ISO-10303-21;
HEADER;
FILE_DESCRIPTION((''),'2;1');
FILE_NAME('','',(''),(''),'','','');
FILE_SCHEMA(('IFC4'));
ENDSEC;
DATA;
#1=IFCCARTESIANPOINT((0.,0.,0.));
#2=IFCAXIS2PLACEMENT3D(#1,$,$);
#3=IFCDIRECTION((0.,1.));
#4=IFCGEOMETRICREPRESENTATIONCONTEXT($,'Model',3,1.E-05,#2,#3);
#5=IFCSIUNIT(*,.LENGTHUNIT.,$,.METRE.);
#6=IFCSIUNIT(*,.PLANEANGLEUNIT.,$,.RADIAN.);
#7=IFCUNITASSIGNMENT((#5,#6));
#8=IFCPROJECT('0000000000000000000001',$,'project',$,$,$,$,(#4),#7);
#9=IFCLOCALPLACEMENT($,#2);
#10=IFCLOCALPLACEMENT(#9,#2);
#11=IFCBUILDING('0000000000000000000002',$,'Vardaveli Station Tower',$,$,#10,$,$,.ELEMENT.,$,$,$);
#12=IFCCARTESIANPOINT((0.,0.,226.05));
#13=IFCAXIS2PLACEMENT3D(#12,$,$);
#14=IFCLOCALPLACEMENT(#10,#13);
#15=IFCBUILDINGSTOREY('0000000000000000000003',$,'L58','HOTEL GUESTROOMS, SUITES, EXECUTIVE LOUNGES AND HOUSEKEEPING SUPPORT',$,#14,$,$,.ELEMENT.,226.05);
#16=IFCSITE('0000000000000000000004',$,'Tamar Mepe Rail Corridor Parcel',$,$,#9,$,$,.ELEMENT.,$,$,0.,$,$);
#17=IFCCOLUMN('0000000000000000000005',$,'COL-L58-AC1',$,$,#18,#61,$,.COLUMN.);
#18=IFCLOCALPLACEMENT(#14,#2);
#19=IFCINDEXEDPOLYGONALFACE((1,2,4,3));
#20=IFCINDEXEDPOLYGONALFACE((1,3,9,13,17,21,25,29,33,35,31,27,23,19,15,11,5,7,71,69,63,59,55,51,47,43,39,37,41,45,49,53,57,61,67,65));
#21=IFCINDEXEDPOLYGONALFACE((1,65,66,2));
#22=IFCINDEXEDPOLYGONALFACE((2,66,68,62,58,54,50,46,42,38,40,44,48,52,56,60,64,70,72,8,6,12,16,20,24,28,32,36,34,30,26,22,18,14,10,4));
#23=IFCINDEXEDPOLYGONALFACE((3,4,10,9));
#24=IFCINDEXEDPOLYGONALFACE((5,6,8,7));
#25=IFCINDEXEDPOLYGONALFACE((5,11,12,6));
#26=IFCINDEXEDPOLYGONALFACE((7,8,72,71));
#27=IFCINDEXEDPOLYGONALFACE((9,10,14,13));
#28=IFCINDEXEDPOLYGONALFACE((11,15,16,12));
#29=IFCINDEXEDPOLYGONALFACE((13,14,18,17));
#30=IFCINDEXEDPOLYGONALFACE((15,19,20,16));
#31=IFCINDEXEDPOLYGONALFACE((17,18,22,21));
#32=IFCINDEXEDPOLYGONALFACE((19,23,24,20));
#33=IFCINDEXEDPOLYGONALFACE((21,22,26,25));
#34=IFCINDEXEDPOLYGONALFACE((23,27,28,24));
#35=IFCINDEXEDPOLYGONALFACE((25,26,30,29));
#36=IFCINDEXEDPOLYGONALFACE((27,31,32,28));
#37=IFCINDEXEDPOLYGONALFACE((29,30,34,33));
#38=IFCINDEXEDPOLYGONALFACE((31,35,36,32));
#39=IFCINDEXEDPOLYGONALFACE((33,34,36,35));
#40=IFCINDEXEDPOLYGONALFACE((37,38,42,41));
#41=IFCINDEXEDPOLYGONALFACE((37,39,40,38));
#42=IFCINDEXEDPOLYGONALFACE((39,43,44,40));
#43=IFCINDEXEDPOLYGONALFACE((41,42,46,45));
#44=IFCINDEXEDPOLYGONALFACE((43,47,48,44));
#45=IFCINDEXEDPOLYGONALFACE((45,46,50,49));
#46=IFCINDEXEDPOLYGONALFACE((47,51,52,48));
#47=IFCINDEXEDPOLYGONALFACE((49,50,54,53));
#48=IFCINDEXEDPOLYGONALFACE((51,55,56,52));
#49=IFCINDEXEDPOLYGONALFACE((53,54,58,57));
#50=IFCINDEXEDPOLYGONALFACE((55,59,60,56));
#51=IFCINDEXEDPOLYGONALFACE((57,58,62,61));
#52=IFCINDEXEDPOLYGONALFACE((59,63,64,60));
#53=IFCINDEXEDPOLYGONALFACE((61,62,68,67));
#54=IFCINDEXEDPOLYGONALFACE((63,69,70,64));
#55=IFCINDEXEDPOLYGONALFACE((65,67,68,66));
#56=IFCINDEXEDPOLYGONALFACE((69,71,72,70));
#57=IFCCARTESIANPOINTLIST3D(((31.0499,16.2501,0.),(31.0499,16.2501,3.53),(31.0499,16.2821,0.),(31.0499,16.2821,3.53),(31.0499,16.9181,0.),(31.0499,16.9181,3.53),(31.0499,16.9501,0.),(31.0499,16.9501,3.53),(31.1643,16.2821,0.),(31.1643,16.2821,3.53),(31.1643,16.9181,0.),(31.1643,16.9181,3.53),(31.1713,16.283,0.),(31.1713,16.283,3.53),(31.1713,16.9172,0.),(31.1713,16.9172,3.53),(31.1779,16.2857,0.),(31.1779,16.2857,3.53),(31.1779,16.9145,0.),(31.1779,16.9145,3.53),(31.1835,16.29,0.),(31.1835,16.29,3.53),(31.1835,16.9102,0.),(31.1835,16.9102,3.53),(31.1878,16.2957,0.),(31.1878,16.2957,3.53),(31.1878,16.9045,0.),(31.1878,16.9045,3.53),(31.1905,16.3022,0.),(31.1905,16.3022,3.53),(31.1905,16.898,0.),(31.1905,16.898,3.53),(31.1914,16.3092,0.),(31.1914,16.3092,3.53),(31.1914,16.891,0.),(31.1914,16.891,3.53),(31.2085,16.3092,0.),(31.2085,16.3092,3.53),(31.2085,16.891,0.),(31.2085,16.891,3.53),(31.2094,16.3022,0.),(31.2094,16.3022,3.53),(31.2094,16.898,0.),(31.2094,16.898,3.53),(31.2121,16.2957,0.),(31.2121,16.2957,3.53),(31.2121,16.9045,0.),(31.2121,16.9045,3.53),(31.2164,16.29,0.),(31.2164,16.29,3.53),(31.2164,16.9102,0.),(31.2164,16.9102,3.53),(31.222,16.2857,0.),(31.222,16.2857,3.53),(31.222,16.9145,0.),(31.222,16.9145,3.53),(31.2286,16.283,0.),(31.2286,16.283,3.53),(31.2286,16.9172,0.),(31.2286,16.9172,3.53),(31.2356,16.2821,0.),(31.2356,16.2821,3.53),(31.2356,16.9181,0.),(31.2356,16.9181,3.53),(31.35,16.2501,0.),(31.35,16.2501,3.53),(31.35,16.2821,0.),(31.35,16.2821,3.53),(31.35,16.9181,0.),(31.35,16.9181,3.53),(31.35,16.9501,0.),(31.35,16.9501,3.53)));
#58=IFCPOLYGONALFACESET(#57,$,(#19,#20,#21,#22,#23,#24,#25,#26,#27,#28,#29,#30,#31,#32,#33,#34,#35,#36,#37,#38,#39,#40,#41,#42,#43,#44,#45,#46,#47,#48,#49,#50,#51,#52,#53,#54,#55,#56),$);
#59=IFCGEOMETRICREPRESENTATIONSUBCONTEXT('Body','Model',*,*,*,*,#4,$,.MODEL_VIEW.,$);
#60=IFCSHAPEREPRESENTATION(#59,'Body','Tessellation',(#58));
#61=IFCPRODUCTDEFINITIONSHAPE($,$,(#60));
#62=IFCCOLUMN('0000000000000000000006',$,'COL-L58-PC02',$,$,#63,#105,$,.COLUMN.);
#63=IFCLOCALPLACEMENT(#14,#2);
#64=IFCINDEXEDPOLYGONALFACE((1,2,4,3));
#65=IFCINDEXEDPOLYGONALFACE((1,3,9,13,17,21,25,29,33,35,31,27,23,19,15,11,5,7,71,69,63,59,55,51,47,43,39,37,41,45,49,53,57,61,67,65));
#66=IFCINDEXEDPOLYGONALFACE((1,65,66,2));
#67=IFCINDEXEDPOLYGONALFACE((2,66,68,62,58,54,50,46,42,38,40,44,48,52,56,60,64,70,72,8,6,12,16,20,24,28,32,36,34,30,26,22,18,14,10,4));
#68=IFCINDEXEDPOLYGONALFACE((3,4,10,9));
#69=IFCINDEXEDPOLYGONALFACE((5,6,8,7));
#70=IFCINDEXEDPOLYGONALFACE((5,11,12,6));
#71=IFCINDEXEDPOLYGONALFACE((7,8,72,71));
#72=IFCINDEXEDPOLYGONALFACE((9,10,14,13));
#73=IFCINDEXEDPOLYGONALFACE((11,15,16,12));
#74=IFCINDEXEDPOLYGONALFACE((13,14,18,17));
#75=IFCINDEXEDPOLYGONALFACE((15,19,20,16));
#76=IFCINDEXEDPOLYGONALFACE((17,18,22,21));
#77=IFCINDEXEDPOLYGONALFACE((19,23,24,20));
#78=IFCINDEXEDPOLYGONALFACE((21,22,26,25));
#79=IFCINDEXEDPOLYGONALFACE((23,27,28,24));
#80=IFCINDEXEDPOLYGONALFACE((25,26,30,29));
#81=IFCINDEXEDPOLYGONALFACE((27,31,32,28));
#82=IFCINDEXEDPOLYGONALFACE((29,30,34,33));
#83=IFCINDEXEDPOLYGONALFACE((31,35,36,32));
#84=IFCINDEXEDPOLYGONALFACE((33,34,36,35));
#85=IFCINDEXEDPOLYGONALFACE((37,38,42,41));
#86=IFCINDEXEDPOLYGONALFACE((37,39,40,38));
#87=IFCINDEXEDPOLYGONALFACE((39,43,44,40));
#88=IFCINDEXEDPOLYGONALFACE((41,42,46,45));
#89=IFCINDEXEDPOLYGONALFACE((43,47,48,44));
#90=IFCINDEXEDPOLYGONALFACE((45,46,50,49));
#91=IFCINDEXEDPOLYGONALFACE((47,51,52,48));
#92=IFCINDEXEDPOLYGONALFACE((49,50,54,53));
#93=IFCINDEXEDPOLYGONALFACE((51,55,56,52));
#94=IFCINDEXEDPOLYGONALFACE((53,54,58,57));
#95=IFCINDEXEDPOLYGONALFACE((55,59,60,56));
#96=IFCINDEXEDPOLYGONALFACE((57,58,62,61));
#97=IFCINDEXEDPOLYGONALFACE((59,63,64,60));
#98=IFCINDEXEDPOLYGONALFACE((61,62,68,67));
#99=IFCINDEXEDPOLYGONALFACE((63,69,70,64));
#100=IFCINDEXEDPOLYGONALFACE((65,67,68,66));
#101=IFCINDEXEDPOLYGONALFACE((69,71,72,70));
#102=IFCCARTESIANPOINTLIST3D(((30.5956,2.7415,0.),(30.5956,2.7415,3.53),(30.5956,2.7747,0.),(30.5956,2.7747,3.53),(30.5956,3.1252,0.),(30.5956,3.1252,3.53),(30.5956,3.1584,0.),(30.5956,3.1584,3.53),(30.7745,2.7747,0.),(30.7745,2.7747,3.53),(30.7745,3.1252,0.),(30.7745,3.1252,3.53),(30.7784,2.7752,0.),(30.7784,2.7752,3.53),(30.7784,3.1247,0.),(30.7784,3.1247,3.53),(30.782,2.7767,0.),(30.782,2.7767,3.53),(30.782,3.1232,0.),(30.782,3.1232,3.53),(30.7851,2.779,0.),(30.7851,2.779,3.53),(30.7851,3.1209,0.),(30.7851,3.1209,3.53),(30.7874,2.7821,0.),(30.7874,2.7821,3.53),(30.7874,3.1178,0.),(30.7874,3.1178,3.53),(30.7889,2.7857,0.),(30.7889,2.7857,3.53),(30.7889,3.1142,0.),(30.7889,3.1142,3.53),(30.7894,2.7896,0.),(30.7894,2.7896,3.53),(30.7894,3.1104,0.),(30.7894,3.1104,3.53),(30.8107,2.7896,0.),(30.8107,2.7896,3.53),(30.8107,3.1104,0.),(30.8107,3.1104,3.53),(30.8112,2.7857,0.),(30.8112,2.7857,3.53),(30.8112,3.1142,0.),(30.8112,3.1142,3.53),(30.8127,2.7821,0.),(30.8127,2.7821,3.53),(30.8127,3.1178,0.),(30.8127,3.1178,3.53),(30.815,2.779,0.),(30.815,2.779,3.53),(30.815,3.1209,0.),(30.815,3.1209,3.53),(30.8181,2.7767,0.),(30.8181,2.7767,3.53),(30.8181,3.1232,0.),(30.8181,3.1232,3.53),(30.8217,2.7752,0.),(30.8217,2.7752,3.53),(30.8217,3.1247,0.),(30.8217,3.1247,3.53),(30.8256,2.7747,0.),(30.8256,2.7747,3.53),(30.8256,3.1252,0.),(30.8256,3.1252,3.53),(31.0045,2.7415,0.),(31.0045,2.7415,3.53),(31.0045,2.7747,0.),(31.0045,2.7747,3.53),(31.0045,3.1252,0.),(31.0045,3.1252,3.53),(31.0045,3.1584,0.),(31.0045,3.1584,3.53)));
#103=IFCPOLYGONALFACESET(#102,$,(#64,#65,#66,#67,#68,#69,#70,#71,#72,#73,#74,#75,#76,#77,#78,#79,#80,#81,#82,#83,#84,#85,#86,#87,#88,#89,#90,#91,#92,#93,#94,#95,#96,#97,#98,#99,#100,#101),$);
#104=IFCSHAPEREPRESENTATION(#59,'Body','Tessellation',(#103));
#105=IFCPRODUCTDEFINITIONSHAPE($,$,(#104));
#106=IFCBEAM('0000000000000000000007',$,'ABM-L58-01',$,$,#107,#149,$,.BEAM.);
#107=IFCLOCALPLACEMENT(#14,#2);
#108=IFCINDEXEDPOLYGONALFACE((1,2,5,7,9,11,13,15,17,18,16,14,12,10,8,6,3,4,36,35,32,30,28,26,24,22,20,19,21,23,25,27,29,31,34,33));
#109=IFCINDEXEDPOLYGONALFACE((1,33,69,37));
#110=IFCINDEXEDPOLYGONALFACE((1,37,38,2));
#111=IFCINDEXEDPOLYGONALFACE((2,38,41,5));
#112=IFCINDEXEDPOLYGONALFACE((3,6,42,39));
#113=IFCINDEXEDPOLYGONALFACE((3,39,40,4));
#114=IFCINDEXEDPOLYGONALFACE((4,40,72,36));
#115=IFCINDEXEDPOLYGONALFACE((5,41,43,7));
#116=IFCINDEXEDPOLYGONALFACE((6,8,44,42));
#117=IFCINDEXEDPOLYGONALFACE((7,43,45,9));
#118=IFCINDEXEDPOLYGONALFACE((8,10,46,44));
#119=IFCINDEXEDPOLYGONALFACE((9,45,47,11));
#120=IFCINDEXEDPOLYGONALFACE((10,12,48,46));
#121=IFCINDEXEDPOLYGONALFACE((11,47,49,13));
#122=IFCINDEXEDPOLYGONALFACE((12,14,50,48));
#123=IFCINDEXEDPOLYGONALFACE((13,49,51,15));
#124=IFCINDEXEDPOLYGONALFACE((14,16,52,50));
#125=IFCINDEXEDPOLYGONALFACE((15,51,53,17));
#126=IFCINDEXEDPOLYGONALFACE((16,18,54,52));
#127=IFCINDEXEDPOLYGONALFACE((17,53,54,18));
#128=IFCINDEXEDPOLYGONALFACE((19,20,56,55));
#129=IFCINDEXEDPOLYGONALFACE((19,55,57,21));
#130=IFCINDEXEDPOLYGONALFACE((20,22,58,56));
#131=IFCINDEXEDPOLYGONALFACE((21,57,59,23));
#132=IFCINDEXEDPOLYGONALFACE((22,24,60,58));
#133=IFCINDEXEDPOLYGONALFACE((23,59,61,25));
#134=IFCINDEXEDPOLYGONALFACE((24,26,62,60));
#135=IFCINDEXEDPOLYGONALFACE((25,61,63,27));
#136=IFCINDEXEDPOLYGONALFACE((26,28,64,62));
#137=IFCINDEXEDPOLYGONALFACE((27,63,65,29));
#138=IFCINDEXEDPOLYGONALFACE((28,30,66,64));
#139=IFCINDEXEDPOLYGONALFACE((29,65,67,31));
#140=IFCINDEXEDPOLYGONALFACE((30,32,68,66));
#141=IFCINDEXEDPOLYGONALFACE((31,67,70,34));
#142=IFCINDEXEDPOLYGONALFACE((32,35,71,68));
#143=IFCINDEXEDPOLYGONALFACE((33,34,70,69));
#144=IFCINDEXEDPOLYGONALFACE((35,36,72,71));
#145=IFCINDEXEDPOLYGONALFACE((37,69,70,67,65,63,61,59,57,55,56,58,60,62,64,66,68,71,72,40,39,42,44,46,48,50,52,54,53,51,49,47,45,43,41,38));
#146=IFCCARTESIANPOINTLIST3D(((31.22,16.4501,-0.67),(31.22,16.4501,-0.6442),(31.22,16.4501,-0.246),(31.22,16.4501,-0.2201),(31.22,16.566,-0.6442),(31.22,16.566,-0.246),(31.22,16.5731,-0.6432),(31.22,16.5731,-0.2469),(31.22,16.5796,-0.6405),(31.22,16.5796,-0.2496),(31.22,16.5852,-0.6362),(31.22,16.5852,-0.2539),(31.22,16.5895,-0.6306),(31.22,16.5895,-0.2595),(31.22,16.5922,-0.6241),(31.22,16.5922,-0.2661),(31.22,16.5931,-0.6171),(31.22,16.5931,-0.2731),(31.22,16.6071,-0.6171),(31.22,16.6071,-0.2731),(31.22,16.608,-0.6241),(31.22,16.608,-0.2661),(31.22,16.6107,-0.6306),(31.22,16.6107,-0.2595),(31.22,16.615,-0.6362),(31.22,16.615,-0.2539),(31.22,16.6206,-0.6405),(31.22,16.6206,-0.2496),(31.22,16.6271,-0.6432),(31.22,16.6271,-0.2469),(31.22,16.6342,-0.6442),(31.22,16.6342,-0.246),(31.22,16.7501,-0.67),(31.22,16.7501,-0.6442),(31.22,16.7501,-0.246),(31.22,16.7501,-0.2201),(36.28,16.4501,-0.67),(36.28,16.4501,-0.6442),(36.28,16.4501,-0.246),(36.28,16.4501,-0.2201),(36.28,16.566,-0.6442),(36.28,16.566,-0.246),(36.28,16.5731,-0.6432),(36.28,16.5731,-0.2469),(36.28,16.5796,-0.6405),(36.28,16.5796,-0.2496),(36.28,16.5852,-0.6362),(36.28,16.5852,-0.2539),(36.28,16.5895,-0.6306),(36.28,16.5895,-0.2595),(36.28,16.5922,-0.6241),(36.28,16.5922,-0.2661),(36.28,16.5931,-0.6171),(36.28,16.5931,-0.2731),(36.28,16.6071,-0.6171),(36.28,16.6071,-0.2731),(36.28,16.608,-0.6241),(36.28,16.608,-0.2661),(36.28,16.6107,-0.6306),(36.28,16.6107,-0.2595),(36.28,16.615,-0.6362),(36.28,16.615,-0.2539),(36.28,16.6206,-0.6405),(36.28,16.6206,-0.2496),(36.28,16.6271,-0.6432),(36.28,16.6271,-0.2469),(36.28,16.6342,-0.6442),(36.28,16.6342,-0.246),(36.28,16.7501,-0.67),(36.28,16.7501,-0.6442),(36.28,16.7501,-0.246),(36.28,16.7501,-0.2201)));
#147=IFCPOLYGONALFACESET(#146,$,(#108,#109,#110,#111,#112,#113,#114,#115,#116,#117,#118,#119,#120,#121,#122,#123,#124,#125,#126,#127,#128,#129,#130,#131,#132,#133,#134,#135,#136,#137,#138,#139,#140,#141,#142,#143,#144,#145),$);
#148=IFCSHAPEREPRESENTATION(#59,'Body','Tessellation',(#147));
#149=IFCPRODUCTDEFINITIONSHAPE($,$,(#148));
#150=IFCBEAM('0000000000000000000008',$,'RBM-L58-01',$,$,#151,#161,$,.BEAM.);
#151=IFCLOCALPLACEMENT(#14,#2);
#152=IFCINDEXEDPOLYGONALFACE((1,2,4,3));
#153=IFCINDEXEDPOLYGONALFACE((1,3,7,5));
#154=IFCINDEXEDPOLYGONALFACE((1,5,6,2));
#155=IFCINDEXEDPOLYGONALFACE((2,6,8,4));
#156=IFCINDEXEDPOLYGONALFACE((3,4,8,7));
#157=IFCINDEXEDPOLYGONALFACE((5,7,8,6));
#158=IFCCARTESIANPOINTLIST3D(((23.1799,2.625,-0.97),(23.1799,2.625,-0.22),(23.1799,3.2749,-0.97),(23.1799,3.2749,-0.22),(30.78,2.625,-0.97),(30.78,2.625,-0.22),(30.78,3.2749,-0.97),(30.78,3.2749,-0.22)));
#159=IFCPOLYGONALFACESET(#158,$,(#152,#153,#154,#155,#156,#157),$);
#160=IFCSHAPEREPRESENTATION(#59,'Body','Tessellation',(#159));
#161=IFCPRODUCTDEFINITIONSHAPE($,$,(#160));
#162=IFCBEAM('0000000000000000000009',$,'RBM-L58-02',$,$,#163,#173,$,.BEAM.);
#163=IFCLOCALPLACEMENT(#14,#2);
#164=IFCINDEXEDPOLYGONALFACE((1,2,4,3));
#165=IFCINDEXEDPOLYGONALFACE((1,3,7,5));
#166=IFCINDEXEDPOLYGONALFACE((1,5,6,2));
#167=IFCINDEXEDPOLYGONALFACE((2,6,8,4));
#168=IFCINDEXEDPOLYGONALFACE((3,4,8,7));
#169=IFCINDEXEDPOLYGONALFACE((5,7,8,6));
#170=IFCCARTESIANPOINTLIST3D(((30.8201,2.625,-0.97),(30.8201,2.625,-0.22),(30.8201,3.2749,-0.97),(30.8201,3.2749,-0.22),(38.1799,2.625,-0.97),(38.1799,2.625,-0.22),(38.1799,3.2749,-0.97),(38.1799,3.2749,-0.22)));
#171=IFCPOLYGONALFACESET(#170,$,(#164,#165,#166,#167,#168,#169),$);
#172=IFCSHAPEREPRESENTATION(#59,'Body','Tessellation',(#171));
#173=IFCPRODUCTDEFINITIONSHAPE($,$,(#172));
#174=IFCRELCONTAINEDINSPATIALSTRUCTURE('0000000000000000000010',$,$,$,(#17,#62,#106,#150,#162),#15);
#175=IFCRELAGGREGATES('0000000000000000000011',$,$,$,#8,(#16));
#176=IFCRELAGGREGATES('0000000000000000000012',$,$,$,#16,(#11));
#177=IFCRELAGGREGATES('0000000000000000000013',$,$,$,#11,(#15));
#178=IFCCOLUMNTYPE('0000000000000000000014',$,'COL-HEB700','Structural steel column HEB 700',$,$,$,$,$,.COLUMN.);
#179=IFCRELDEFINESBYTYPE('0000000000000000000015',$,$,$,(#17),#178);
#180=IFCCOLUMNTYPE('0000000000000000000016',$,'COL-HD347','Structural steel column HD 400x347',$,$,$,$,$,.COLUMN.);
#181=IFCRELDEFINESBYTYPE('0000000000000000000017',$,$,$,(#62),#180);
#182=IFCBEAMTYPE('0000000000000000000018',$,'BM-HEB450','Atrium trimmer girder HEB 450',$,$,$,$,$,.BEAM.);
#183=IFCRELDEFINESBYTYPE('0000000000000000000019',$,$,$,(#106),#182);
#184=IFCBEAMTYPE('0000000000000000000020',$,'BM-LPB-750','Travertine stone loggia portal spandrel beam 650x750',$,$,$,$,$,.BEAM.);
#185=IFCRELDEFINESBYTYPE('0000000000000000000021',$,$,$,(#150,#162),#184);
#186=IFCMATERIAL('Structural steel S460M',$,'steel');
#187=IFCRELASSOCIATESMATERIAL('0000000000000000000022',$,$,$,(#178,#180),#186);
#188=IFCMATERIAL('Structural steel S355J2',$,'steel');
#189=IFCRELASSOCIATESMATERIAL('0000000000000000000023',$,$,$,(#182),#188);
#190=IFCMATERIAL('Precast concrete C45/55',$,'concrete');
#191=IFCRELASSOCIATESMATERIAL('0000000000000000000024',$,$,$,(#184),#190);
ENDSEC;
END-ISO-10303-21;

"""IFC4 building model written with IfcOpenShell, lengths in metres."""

from ifc_helpers import new_model, si_unit, direction, frame, origin, origin_2d, place, context, subcontext, project, spatial, rectangle, i_section, extrude, source, transform, mapped, material, material_profile, profile_set, type_object, element, save


model = new_model("IFC4")

# Units and contexts
model_context = context("Model", 3, precision=1e-05, world=origin(), true_north=direction((0.0, 1.0)))
body_context = subcontext(model_context, "Body", "Model", "MODEL_VIEW")
ifc_project = project(units=[si_unit("LENGTHUNIT", "METRE"), si_unit("PLANEANGLEUNIT", "RADIAN")], contexts=[model_context])

# Site, building, storey
site_placement = place(None, origin())
site = spatial("IfcSite", under=ifc_project, at=site_placement, Name="Tamar Mepe Rail Corridor Parcel", CompositionType="ELEMENT", RefElevation=0.0)
building_placement = place(site_placement, origin())
building = spatial("IfcBuilding", under=site, at=building_placement, Name="Vardaveli Station Tower", CompositionType="ELEMENT")
storey_placement = place(building_placement, frame((0.0, 0.0, 226.05)))
storey = spatial("IfcBuildingStorey", under=building, at=storey_placement, Name="L58", Description="HOTEL GUESTROOMS, SUITES, EXECUTIVE LOUNGES AND HOUSEKEEPING SUPPORT", CompositionType="ELEMENT", Elevation=226.05)

# Columns
ifc_material_1 = material(Name="Structural steel S460M", Category="steel")
ifc_material_profile_1 = material_profile(ifc_material_1, i_section(OverallWidth=0.3, OverallDepth=0.7, WebThickness=0.0171, FlangeThickness=0.032, FilletRadius=0.0271, at=origin_2d()), Name="HEB 700")
ifc_profile_set_1 = profile_set([ifc_material_profile_1], Name="Structural steel S460M")
column_type_1 = type_object("IfcColumnType", Name="COL-HEB700", Description="Structural steel column HEB 700", PredefinedType="COLUMN", material=ifc_profile_set_1)
shared_shape_1 = source(origin(), body_context, "Body", "SweptSolid", [
    extrude(i_section(OverallWidth=0.3, OverallDepth=0.7, WebThickness=0.0171, FlangeThickness=0.032, FilletRadius=0.0271, at=origin_2d()), origin(), (0.0, 0.0, 1.0), 3.53),
])
column_1_placement = place(storey_placement, frame((31.2, 16.6001, 0.0), z_axis=(0.0, 0.0, 1.0), x_axis=(1.0, 0.0, 0.0)))
element("IfcColumn", 1, at=column_1_placement, inside=storey, type_object=column_type_1, Name="COL-L58-AC1", PredefinedType="COLUMN", context=body_context, shape_type="MappedRepresentation", body=[
    mapped(shared_shape_1, transform((0.0, 0.0, 0.0), scale=1.0)),
])
ifc_material_profile_2 = material_profile(ifc_material_1, i_section(OverallWidth=0.4089, OverallDepth=0.417, WebThickness=0.0212, FlangeThickness=0.0332, FilletRadius=0.0149, at=origin_2d()), Name="HD 400x347")
ifc_profile_set_2 = profile_set([ifc_material_profile_2], Name="Structural steel S460M")
column_type_2 = type_object("IfcColumnType", Name="COL-HD347", Description="Structural steel column HD 400x347", PredefinedType="COLUMN", material=ifc_profile_set_2)
shared_shape_2 = source(origin(), body_context, "Body", "SweptSolid", [
    extrude(i_section(OverallWidth=0.4089, OverallDepth=0.417, WebThickness=0.0212, FlangeThickness=0.0332, FilletRadius=0.0149, at=origin_2d()), origin(), (0.0, 0.0, 1.0), 3.53),
])
column_2_placement = place(storey_placement, frame((30.8, 2.95, 0.0), z_axis=(0.0, 0.0, 1.0), x_axis=(1.0, 0.0, 0.0)))
element("IfcColumn", 2, at=column_2_placement, inside=storey, type_object=column_type_2, Name="COL-L58-PC02", PredefinedType="COLUMN", context=body_context, shape_type="MappedRepresentation", body=[
    mapped(shared_shape_2, transform((0.0, 0.0, 0.0), scale=1.0)),
])

# Beams
ifc_material_2 = material(Name="Structural steel S355J2", Category="steel")
ifc_material_profile_3 = material_profile(ifc_material_2, i_section(OverallWidth=0.3, OverallDepth=0.45, WebThickness=0.0139, FlangeThickness=0.0259, FilletRadius=0.0271, at=origin_2d()), Name="HEB 450")
ifc_profile_set_3 = profile_set([ifc_material_profile_3], Name="Structural steel S355J2")
beam_type_1 = type_object("IfcBeamType", Name="BM-HEB450", Description="Atrium trimmer girder HEB 450", PredefinedType="BEAM", material=ifc_profile_set_3)
shared_shape_3 = source(origin(), body_context, "Body", "SweptSolid", [
    extrude(i_section(OverallWidth=0.3, OverallDepth=0.45, WebThickness=0.0139, FlangeThickness=0.0259, FilletRadius=0.0271, at=origin_2d()), origin(), (0.0, 0.0, 1.0), 5.0601),
])
beam_1_placement = place(storey_placement, frame((31.22, 16.6001, -0.4451), z_axis=(1.0, 0.0, 0.0), x_axis=(0.0, 1.0, 0.0)))
element("IfcBeam", 3, at=beam_1_placement, inside=storey, type_object=beam_type_1, Name="ABM-L58-01", PredefinedType="BEAM", context=body_context, shape_type="MappedRepresentation", body=[
    mapped(shared_shape_3, transform((0.0, 0.0, 0.0), scale=1.0)),
])
ifc_material_3 = material(Name="Precast concrete C45/55", Category="concrete")
ifc_material_profile_4 = material_profile(ifc_material_3, rectangle(XDim=0.6499, YDim=0.75, at=origin_2d()), Name="LPB 650x750")
ifc_profile_set_4 = profile_set([ifc_material_profile_4], Name="Precast concrete C45/55")
beam_type_2 = type_object("IfcBeamType", Name="BM-LPB-750", Description="Travertine stone loggia portal spandrel beam 650x750", PredefinedType="BEAM", material=ifc_profile_set_4)
shared_shape_4 = source(origin(), body_context, "Body", "SweptSolid", [
    extrude(rectangle(XDim=0.6499, YDim=0.75, at=origin_2d()), origin(), (0.0, 0.0, 1.0), 7.6001),
])
beam_2_placement = place(storey_placement, frame((23.1799, 2.95, -0.595), z_axis=(1.0, 0.0, 0.0), x_axis=(0.0, 1.0, 0.0)))
element("IfcBeam", 4, at=beam_2_placement, inside=storey, type_object=beam_type_2, Name="RBM-L58-01", PredefinedType="BEAM", context=body_context, shape_type="MappedRepresentation", body=[
    mapped(shared_shape_4, transform((0.0, 0.0, 0.0), scale=1.0)),
])
shared_shape_5 = source(origin(), body_context, "Body", "SweptSolid", [
    extrude(rectangle(XDim=0.6499, YDim=0.75, at=origin_2d()), origin(), (0.0, 0.0, 1.0), 7.3599),
])
beam_3_placement = place(storey_placement, frame((30.8201, 2.95, -0.595), z_axis=(1.0, 0.0, 0.0), x_axis=(0.0, 1.0, 0.0)))
element("IfcBeam", 5, at=beam_3_placement, inside=storey, type_object=beam_type_2, Name="RBM-L58-02", PredefinedType="BEAM", context=body_context, shape_type="MappedRepresentation", body=[
    mapped(shared_shape_5, transform((0.0, 0.0, 0.0), scale=1.0)),
])

save(model, "model.ifc")
